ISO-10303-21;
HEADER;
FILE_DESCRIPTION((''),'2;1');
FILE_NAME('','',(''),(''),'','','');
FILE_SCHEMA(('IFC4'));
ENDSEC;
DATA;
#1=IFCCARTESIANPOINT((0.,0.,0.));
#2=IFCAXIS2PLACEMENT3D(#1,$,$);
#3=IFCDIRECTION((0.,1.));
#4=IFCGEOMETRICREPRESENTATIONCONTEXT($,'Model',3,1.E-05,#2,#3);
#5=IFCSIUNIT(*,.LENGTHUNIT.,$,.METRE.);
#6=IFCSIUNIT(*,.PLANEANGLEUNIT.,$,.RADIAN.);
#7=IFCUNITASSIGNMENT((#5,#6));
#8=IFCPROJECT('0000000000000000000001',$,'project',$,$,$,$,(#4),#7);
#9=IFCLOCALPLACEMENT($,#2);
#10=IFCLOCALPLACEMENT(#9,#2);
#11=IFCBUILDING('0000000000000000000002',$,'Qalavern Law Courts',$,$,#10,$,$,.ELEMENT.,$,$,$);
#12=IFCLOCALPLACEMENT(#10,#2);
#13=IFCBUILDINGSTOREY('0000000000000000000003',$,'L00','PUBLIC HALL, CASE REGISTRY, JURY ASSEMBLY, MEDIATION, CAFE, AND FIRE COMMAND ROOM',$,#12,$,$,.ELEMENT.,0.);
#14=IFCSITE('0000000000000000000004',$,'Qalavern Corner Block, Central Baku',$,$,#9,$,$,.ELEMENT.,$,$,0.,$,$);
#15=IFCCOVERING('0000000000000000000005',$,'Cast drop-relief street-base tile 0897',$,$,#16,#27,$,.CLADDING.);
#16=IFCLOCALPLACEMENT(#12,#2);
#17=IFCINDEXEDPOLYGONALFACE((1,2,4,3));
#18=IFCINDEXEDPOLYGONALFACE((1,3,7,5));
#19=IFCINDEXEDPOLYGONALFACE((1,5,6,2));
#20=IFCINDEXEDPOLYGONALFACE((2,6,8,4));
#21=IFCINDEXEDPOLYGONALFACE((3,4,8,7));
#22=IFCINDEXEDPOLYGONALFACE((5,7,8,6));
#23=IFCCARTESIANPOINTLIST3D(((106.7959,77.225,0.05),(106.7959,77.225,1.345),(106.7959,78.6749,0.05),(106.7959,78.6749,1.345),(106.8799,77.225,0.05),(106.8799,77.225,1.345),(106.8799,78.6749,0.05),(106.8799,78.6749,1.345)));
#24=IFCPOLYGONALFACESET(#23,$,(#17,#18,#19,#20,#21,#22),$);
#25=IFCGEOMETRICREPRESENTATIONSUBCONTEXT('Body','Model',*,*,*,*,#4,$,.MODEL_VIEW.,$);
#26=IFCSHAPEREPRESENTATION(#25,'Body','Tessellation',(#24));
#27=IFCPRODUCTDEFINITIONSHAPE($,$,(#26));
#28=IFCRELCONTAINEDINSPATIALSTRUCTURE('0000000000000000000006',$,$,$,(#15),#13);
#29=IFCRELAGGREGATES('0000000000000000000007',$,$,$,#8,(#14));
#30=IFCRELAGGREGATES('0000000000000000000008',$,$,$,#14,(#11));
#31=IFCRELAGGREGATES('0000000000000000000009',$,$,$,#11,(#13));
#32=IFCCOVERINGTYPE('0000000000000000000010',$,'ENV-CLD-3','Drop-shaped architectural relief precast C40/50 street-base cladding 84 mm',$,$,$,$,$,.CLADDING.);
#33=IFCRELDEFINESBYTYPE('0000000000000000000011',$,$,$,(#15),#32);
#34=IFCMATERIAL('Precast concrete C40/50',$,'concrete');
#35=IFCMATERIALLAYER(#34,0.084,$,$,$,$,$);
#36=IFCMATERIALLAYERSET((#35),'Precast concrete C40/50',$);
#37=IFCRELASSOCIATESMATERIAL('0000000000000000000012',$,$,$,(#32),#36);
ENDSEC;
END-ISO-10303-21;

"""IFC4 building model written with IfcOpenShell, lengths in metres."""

from ifc_helpers import new_model, si_unit, direction, frame, origin, origin_2d, place, context, subcontext, project, spatial, rectangle, extrude, material, layer, layer_set, type_object, element, save


model = new_model("IFC4")

# Units and contexts
model_context = context("Model", 3, precision=1e-05, world=origin(), true_north=direction((0.0, 1.0)))
body_context = subcontext(model_context, "Body", "Model", "MODEL_VIEW")
ifc_project = project(units=[si_unit("LENGTHUNIT", "METRE"), si_unit("PLANEANGLEUNIT", "RADIAN")], contexts=[model_context])

# Site, building, storey
site_placement = place(None, origin())
site = spatial("IfcSite", under=ifc_project, at=site_placement, Name="Qalavern Corner Block, Central Baku", CompositionType="ELEMENT", RefElevation=0.0)
building_placement = place(site_placement, origin())
building = spatial("IfcBuilding", under=site, at=building_placement, Name="Qalavern Law Courts", CompositionType="ELEMENT")
storey_placement = place(building_placement, origin())
storey = spatial("IfcBuildingStorey", under=building, at=storey_placement, Name="L00", Description="PUBLIC HALL, CASE REGISTRY, JURY ASSEMBLY, MEDIATION, CAFE, AND FIRE COMMAND ROOM", CompositionType="ELEMENT", Elevation=0.0)

# Covering
ifc_material_1 = material(Name="Precast concrete C40/50", Category="concrete")
ifc_layer_1 = layer(ifc_material_1, 0.084)
ifc_layer_set_1 = layer_set([ifc_layer_1], Name="Precast concrete C40/50")
covering_type_1 = type_object("IfcCoveringType", Name="ENV-CLD-3", Description="Drop-shaped architectural relief precast C40/50 street-base cladding 84 mm", PredefinedType="CLADDING", material=ifc_layer_set_1)
for number, where, z_axis, x_axis, name in (
    (1, (106.8379, 77.95, 0.05), (0.0, 0.0, 1.0), (0.0, 1.0, 0.0), "Cast drop-relief street-base tile 0897"),
):
    element("IfcCovering", number, at=place(storey_placement, frame(where, z_axis=z_axis, x_axis=x_axis)), inside=storey, type_object=covering_type_1, Name=name, PredefinedType="CLADDING", context=body_context, shape_type="SweptSolid", body=[
        extrude(rectangle(XDim=1.45, YDim=0.084, at=origin_2d()), origin(), (0.0, 0.0, 1.0), 1.2949),
    ])

save(model, "model.ifc")
